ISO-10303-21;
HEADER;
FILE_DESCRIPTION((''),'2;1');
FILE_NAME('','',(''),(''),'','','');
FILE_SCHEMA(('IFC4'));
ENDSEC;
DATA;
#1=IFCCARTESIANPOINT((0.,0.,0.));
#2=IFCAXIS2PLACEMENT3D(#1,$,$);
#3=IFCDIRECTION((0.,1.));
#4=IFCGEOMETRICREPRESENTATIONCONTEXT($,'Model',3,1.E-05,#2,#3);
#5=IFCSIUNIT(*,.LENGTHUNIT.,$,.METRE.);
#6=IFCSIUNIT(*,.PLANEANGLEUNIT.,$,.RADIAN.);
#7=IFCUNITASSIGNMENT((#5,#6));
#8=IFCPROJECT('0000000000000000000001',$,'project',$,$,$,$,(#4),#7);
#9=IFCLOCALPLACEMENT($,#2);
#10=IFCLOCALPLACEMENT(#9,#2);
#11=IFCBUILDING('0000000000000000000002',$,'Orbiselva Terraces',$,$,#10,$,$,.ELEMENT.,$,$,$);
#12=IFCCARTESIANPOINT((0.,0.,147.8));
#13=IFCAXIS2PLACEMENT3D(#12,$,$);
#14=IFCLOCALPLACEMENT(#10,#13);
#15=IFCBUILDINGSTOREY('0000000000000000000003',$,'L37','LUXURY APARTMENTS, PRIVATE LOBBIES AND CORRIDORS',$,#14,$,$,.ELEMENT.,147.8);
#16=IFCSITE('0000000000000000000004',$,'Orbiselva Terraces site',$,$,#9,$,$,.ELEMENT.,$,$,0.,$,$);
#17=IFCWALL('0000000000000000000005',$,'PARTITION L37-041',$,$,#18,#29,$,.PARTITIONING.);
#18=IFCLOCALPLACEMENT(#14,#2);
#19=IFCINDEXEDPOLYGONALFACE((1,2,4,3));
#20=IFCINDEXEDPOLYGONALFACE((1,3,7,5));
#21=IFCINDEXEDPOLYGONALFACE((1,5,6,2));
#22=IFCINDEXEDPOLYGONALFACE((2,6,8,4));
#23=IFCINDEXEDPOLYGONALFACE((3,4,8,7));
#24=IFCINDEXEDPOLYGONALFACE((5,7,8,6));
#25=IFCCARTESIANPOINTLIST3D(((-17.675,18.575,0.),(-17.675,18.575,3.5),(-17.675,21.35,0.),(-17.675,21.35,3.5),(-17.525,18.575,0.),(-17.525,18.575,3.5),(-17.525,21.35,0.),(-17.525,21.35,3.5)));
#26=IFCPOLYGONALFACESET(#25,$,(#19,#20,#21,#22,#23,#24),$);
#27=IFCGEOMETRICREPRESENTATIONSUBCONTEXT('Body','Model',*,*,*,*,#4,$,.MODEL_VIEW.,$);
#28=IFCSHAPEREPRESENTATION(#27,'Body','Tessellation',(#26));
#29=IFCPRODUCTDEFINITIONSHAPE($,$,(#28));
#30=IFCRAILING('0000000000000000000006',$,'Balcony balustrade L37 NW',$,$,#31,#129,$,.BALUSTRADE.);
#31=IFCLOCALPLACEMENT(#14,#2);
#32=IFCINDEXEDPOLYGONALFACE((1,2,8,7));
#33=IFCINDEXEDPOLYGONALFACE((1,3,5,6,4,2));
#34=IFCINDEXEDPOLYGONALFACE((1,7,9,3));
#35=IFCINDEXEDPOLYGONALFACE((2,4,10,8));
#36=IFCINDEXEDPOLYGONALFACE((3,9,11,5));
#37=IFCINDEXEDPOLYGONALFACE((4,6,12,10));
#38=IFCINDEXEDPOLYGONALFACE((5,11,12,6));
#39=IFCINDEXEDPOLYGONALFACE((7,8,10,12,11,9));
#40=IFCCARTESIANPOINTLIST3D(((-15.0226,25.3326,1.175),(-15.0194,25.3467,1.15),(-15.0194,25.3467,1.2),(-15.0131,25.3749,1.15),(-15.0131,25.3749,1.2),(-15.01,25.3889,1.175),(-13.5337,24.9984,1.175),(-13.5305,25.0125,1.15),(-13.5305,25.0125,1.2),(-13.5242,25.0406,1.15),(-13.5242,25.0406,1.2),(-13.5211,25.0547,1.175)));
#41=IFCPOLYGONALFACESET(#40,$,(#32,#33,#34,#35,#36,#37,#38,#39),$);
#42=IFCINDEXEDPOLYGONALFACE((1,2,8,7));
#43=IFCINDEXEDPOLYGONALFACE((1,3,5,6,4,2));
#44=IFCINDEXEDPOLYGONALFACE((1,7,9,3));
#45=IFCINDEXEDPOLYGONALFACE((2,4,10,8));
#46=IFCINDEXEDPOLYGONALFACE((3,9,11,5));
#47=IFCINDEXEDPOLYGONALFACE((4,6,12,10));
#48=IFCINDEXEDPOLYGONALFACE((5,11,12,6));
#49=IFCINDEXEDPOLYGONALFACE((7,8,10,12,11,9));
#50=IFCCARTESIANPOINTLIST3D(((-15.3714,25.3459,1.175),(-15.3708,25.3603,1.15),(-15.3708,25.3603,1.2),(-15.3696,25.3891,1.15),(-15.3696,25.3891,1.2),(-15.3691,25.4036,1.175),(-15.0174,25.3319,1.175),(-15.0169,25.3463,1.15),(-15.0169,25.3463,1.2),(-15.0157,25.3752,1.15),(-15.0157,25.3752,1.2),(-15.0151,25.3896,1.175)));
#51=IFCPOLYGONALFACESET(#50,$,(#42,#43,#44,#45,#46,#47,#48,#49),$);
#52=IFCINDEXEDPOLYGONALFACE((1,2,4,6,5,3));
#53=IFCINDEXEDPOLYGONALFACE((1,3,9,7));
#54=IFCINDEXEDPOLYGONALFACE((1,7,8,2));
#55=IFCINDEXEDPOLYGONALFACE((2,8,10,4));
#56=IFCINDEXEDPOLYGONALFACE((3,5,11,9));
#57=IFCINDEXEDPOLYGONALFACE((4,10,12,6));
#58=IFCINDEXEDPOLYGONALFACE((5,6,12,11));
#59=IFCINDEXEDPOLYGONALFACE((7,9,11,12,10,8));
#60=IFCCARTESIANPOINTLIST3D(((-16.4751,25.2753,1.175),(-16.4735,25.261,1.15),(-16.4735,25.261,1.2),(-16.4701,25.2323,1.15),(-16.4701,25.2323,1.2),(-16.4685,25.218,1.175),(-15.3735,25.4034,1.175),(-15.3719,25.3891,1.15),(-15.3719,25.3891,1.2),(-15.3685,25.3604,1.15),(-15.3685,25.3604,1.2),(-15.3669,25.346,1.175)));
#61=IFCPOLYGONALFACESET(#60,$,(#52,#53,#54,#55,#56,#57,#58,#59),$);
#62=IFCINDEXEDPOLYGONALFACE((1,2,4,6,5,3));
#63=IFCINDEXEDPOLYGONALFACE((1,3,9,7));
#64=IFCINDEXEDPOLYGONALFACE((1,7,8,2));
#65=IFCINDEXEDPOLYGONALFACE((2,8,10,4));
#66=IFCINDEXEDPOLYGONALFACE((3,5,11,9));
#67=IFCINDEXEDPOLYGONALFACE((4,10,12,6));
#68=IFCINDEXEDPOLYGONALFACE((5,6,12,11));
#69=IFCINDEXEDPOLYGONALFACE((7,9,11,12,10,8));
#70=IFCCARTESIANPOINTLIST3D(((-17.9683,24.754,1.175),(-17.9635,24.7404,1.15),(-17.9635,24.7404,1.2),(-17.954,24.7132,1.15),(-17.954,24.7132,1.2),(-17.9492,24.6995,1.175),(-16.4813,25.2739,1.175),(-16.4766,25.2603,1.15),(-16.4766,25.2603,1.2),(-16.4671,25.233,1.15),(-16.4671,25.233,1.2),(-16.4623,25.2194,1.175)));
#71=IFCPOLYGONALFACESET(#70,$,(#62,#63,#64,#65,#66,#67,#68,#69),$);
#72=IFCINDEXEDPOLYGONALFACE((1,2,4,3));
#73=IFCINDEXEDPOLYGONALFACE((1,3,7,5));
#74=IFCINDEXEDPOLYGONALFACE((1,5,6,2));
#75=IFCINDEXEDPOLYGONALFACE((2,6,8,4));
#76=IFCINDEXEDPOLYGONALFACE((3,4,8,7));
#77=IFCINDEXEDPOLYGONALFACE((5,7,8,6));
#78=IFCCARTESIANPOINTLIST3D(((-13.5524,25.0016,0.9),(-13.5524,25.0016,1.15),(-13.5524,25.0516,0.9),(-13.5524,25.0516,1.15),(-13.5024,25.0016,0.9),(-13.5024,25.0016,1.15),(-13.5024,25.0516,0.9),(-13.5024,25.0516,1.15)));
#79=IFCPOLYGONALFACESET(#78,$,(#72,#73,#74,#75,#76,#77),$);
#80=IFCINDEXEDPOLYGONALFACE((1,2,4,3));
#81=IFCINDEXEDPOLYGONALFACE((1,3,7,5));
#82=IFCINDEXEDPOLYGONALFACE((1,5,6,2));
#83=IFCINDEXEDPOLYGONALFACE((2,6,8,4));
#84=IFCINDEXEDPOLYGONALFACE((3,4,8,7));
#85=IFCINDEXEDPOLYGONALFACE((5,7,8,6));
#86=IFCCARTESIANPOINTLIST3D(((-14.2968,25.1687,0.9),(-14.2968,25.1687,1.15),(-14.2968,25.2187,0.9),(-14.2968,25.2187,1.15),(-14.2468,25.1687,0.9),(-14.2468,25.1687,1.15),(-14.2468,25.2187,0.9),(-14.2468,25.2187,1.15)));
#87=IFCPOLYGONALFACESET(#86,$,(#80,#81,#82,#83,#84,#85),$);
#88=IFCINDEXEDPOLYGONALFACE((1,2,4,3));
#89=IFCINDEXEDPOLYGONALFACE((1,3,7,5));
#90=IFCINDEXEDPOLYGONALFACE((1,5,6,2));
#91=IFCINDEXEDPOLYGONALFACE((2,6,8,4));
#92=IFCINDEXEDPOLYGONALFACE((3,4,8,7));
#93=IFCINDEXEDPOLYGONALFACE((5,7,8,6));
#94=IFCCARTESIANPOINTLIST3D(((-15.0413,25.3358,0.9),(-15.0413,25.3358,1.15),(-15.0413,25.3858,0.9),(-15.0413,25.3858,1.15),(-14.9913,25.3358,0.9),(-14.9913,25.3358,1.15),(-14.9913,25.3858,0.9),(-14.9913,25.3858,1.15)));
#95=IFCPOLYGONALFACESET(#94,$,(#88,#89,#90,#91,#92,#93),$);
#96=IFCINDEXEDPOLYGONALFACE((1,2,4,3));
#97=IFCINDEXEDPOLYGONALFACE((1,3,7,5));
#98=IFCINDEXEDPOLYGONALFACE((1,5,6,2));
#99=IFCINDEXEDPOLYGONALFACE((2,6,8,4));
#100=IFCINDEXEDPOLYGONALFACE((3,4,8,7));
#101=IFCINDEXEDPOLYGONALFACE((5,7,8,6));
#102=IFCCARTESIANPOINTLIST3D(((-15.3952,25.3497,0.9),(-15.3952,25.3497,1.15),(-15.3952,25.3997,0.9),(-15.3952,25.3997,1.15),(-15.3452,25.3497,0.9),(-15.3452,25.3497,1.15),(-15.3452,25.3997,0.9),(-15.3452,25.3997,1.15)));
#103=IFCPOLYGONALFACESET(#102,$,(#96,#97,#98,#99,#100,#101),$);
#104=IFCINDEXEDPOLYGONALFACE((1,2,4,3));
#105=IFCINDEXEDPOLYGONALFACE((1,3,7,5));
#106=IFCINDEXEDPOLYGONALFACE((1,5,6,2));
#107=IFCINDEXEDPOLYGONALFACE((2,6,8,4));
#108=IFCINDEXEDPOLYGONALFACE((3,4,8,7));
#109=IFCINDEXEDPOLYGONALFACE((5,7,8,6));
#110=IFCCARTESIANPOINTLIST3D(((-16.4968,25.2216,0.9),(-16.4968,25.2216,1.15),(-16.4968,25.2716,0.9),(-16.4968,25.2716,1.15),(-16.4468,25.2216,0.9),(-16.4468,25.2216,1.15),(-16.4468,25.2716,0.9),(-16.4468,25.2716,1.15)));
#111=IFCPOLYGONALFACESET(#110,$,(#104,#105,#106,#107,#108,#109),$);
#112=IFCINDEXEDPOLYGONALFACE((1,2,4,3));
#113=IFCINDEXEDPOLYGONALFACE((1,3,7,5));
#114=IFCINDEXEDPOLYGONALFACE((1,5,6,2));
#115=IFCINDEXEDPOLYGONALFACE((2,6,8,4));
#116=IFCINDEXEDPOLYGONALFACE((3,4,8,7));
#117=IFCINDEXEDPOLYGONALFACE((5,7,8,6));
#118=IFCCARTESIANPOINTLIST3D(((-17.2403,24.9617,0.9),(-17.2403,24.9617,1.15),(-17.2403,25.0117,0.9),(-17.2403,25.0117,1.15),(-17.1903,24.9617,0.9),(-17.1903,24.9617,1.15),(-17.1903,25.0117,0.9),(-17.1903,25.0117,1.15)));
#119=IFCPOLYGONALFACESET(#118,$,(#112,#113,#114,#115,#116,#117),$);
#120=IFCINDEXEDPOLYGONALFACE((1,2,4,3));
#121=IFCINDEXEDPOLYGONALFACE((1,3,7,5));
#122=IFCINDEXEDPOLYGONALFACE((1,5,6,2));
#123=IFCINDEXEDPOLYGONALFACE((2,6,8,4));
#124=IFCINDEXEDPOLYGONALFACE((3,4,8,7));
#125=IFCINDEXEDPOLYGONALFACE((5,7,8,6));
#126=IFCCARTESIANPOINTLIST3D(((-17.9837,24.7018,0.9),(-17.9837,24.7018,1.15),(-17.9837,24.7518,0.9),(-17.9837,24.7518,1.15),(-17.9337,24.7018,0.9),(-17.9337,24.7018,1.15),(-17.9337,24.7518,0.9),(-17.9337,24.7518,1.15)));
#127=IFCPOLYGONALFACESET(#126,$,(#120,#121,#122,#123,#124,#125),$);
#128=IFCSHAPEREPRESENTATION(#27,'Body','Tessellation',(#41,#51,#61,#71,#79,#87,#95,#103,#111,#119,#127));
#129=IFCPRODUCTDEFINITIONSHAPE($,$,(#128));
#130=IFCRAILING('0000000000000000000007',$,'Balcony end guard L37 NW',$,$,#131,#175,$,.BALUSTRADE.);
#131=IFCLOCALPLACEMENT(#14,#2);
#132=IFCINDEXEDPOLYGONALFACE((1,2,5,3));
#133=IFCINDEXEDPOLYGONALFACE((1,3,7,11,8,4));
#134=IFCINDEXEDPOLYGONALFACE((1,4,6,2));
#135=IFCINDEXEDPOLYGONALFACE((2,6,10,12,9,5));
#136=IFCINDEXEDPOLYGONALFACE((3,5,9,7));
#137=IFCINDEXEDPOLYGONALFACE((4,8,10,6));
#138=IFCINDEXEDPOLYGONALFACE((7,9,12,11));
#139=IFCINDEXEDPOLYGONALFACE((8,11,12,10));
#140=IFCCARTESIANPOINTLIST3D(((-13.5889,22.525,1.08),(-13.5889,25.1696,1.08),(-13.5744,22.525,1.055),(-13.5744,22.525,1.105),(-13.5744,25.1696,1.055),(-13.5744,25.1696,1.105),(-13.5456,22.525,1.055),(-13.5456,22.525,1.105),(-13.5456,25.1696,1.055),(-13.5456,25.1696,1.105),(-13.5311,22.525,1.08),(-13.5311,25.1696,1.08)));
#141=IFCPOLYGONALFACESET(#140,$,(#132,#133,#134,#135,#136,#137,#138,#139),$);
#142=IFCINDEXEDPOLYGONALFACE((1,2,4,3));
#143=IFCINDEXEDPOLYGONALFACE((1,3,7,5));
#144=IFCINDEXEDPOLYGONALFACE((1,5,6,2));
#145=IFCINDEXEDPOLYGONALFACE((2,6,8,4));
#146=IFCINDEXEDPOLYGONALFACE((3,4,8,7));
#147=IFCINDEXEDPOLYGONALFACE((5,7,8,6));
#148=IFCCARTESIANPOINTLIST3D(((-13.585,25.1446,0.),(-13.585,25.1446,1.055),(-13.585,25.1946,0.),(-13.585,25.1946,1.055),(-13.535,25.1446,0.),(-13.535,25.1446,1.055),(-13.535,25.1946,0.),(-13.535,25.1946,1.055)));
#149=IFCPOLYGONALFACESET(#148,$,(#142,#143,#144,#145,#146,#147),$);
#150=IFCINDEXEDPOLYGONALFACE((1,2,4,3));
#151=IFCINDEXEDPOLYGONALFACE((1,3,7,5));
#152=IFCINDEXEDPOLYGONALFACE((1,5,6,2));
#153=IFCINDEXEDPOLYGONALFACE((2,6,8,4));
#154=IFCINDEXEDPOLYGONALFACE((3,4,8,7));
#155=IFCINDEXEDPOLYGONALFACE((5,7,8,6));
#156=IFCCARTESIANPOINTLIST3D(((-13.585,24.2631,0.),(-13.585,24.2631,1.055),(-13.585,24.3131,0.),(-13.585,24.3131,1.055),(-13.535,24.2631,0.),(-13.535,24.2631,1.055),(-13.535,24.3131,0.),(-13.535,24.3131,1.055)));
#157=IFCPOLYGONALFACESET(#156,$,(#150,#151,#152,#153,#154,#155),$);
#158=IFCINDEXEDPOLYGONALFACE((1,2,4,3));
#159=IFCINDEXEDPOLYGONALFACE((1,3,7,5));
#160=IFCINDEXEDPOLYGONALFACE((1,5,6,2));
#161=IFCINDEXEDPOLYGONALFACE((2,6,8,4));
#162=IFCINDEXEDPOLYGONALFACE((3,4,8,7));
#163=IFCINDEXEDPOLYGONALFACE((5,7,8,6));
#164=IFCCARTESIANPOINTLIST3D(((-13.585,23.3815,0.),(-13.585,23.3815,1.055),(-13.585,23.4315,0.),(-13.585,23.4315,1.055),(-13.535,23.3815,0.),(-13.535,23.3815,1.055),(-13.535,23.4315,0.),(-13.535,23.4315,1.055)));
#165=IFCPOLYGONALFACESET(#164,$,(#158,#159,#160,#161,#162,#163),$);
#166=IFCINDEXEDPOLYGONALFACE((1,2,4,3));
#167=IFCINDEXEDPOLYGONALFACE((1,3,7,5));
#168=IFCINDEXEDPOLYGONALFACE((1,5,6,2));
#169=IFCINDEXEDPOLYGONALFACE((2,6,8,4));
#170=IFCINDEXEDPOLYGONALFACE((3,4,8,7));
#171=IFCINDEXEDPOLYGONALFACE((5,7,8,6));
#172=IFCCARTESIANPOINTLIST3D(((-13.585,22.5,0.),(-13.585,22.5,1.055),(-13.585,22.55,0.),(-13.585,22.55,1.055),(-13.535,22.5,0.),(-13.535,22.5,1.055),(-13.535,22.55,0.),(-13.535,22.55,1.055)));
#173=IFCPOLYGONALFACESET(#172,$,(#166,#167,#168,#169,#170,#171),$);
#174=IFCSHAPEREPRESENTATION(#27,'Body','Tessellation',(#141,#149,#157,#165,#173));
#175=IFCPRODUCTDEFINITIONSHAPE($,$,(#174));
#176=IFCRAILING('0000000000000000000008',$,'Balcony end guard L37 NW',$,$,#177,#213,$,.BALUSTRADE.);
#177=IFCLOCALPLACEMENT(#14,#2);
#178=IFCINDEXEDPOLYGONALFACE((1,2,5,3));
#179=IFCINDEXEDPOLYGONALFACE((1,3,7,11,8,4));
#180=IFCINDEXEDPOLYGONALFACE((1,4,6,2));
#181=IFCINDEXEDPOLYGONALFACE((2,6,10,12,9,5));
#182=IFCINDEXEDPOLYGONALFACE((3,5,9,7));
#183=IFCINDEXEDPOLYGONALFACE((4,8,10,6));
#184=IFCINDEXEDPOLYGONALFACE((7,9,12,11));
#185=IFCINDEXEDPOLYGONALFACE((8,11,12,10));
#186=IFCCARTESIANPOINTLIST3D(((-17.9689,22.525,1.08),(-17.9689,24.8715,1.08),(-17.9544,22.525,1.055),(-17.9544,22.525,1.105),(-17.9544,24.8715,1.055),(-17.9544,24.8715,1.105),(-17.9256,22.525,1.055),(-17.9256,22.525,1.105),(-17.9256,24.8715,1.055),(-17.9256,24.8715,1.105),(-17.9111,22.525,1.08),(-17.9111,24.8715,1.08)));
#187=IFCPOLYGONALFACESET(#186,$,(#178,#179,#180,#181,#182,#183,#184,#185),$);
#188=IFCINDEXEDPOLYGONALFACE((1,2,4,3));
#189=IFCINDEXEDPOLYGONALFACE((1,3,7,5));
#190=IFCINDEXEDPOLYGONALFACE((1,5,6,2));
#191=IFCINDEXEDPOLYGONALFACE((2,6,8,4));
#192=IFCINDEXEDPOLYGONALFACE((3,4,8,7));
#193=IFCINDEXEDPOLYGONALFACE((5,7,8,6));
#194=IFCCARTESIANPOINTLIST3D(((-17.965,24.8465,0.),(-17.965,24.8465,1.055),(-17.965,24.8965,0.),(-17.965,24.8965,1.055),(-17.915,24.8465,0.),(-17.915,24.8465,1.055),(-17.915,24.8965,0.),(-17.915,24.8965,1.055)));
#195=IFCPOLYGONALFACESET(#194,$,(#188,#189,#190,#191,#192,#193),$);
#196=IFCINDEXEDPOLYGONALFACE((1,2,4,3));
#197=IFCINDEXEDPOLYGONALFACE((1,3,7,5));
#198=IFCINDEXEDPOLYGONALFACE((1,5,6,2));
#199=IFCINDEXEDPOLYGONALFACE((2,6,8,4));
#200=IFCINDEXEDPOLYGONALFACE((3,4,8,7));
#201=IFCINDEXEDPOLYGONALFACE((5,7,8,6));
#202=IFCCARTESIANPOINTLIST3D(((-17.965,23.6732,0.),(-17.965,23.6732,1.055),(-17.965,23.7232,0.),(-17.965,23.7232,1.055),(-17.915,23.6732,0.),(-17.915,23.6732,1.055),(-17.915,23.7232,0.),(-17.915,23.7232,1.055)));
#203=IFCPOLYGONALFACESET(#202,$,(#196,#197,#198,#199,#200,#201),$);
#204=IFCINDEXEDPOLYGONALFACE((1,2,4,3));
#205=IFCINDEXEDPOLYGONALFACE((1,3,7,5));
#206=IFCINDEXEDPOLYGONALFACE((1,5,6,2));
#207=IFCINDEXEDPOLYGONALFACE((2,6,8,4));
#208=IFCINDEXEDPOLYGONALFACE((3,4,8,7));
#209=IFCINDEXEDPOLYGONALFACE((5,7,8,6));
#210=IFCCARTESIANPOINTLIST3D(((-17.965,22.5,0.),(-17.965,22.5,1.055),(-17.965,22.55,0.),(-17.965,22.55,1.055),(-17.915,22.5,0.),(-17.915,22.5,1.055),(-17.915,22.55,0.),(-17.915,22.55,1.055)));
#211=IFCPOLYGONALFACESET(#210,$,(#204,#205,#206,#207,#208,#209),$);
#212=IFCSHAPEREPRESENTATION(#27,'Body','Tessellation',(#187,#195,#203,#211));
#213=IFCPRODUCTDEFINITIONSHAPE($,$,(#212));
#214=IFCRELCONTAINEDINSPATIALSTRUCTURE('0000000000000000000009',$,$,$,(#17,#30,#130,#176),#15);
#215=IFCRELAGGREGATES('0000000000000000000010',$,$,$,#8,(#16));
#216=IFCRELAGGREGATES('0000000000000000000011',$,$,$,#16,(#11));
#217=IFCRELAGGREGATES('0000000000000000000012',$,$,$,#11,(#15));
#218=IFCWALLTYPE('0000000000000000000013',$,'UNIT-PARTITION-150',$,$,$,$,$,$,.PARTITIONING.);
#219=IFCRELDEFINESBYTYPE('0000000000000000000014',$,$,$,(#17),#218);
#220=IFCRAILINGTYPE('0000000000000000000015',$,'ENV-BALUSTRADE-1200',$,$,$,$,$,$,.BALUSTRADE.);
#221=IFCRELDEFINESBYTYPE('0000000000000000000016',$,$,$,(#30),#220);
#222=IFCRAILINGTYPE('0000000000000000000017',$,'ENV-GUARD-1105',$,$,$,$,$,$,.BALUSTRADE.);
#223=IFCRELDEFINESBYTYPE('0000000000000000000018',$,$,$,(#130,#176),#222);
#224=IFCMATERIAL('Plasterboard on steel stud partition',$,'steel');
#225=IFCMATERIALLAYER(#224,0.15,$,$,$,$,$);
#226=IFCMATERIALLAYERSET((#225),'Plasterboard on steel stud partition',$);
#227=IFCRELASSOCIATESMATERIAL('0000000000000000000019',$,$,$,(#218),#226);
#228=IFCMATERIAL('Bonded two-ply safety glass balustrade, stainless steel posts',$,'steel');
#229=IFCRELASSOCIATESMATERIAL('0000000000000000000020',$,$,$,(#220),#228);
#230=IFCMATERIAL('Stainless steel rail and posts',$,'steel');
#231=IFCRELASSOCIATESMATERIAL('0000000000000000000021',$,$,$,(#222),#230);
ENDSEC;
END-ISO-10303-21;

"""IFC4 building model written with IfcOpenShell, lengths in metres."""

from ifc_helpers import new_model, si_unit, direction, frame, frame_2d, origin, origin_2d, place, context, subcontext, project, spatial, polyline, rectangle, outline, extrude, material, layer, layer_set, type_object, element, save


model = new_model("IFC4")

# Units and contexts
model_context = context("Model", 3, precision=1e-05, world=origin(), true_north=direction((0.0, 1.0)))
body_context = subcontext(model_context, "Body", "Model", "MODEL_VIEW")
ifc_project = project(units=[si_unit("LENGTHUNIT", "METRE"), si_unit("PLANEANGLEUNIT", "RADIAN")], contexts=[model_context])

# Site, building, storey
site_placement = place(None, origin())
site = spatial("IfcSite", under=ifc_project, at=site_placement, Name="Orbiselva Terraces site", CompositionType="ELEMENT", RefElevation=0.0)
building_placement = place(site_placement, origin())
building = spatial("IfcBuilding", under=site, at=building_placement, Name="Orbiselva Terraces", CompositionType="ELEMENT")
storey_placement = place(building_placement, frame((0.0, 0.0, 147.8)))
storey = spatial("IfcBuildingStorey", under=building, at=storey_placement, Name="L37", Description="LUXURY APARTMENTS, PRIVATE LOBBIES AND CORRIDORS", CompositionType="ELEMENT", Elevation=147.8)

# Shared definitions
ifc_material_1 = material(Name="Plasterboard on steel stud partition", Category="steel")
ifc_layer_1 = layer(ifc_material_1, 0.15)
ifc_layer_set_1 = layer_set([ifc_layer_1], Name="Plasterboard on steel stud partition")
wall_type_1 = type_object("IfcWallType", Name="UNIT-PARTITION-150", PredefinedType="PARTITIONING", material=ifc_layer_set_1)

# Wall
wall_1_placement = place(storey_placement, frame((-17.6, 18.575, 0.0), z_axis=(0.0, 0.0, 1.0), x_axis=(0.0, 1.0, 0.0)))
element("IfcWall", 1, at=wall_1_placement, inside=storey, type_object=wall_type_1, Name="PARTITION L37-041", PredefinedType="PARTITIONING", context=body_context, shape_type="SweptSolid", body=[
    extrude(rectangle(XDim=2.775, YDim=0.15, at=frame_2d((1.3875, 0.0))), origin(), (0.0, 0.0, 1.0), 3.5),
])

# Railings
ifc_material_2 = material(Name="Bonded two-ply safety glass balustrade, stainless steel posts", Category="steel")
railing_type_1 = type_object("IfcRailingType", Name="ENV-BALUSTRADE-1200", PredefinedType="BALUSTRADE", material=ifc_material_2)
railing_1_placement = place(storey_placement, frame((-13.5274, 25.0266, 0.9)))
element("IfcRailing", 2, at=railing_1_placement, inside=storey, type_object=railing_type_1, Name="Balcony balustrade L37 NW", PredefinedType="BALUSTRADE", context=body_context, shape_type="SweptSolid", body=[
    extrude(outline(polyline([(0.0289, 0.0), (0.0144, 0.025), (-0.0144, 0.025), (-0.0289, 0.0), (-0.0144, -0.025), (0.0144, -0.025), (0.0289, 0.0)])), frame((0.0, 0.0, 0.275), z_axis=(-0.975721, 0.219016, 0.0), x_axis=(-0.219016, -0.975721, 0.0)), (0.0, 0.0, 1.0), 1.526),
    extrude(outline(polyline([(0.0289, 0.0), (0.0144, 0.025), (-0.0144, 0.025), (-0.0289, 0.0), (-0.0144, -0.025), (0.0144, -0.025), (0.0289, 0.0)])), frame((-1.4889, 0.3342, 0.275), z_axis=(-0.999225, 0.039364, 0.0), x_axis=(-0.039364, -0.999225, 0.0)), (0.0, 0.0, 1.0), 0.3542),
    extrude(outline(polyline([(0.0289, 0.0), (0.0144, 0.025), (-0.0144, 0.025), (-0.0289, 0.0), (-0.0144, -0.025), (0.0144, -0.025), (0.0289, 0.0)])), frame((-1.8428, 0.3482, 0.275), z_axis=(-0.99331, -0.115481, 0.0), x_axis=(0.115481, -0.99331, 0.0)), (0.0, 0.0, 1.0), 1.109),
    extrude(outline(polyline([(0.0289, 0.0), (0.0144, 0.025), (-0.0144, 0.025), (-0.0289, 0.0), (-0.0144, -0.025), (0.0144, -0.025), (0.0289, 0.0)])), frame((-2.9444, 0.2201, 0.275), z_axis=(-0.943972, -0.330025, 0.0), x_axis=(0.330025, -0.943972, 0.0)), (0.0, 0.0, 1.0), 1.5752),
    extrude(rectangle(XDim=0.05, YDim=0.05, at=origin_2d()), origin(), (0.0, 0.0, 1.0), 0.25),
    extrude(rectangle(XDim=0.05, YDim=0.05, at=origin_2d()), frame((-0.7445, 0.1671, 0.0)), (0.0, 0.0, 1.0), 0.25),
    extrude(rectangle(XDim=0.05, YDim=0.05, at=origin_2d()), frame((-1.4889, 0.3342, 0.0)), (0.0, 0.0, 1.0), 0.25),
    extrude(rectangle(XDim=0.05, YDim=0.05, at=origin_2d()), frame((-1.8428, 0.3482, 0.0)), (0.0, 0.0, 1.0), 0.25),
    extrude(rectangle(XDim=0.05, YDim=0.05, at=origin_2d()), frame((-2.9444, 0.2201, 0.0)), (0.0, 0.0, 1.0), 0.25),
    extrude(rectangle(XDim=0.05, YDim=0.05, at=origin_2d()), frame((-3.6879, -0.0398, 0.0)), (0.0, 0.0, 1.0), 0.25),
    extrude(rectangle(XDim=0.05, YDim=0.05, at=origin_2d()), frame((-4.4314, -0.2998, 0.0)), (0.0, 0.0, 1.0), 0.25),
])
ifc_material_3 = material(Name="Stainless steel rail and posts", Category="steel")
railing_type_2 = type_object("IfcRailingType", Name="ENV-GUARD-1105", PredefinedType="BALUSTRADE", material=ifc_material_3)
railing_2_placement = place(storey_placement, frame((-13.56, 25.1696, 0.0)))
element("IfcRailing", 3, at=railing_2_placement, inside=storey, type_object=railing_type_2, Name="Balcony end guard L37 NW", PredefinedType="BALUSTRADE", context=body_context, shape_type="SweptSolid", body=[
    extrude(outline(polyline([(0.0289, 0.0), (0.0144, 0.025), (-0.0144, 0.025), (-0.0289, 0.0), (-0.0144, -0.025), (0.0144, -0.025), (0.0289, 0.0)])), frame((0.0, 0.0, 1.08), z_axis=(0.0, -1.0, 0.0), x_axis=(1.0, 0.0, 0.0)), (0.0, 0.0, 1.0), 2.6446),
    extrude(rectangle(XDim=0.05, YDim=0.05, at=origin_2d()), origin(), (0.0, 0.0, 1.0), 1.055),
    extrude(rectangle(XDim=0.05, YDim=0.05, at=origin_2d()), frame((0.0, -0.8815, 0.0)), (0.0, 0.0, 1.0), 1.055),
    extrude(rectangle(XDim=0.05, YDim=0.05, at=origin_2d()), frame((0.0, -1.7631, 0.0)), (0.0, 0.0, 1.0), 1.055),
    extrude(rectangle(XDim=0.05, YDim=0.05, at=origin_2d()), frame((0.0, -2.6446, 0.0)), (0.0, 0.0, 1.0), 1.055),
])
railing_3_placement = place(storey_placement, frame((-17.94, 24.8715, 0.0)))
element("IfcRailing", 4, at=railing_3_placement, inside=storey, type_object=railing_type_2, Name="Balcony end guard L37 NW", PredefinedType="BALUSTRADE", context=body_context, shape_type="SweptSolid", body=[
    extrude(outline(polyline([(0.0289, 0.0), (0.0144, 0.025), (-0.0144, 0.025), (-0.0289, 0.0), (-0.0144, -0.025), (0.0144, -0.025), (0.0289, 0.0)])), frame((0.0, 0.0, 1.08), z_axis=(0.0, -1.0, 0.0), x_axis=(1.0, 0.0, 0.0)), (0.0, 0.0, 1.0), 2.3465),
    extrude(rectangle(XDim=0.05, YDim=0.05, at=origin_2d()), origin(), (0.0, 0.0, 1.0), 1.055),
    extrude(rectangle(XDim=0.05, YDim=0.05, at=origin_2d()), frame((0.0, -1.1732, 0.0)), (0.0, 0.0, 1.0), 1.055),
    extrude(rectangle(XDim=0.05, YDim=0.05, at=origin_2d()), frame((0.0, -2.3465, 0.0)), (0.0, 0.0, 1.0), 1.055),
])

save(model, "model.ifc")
